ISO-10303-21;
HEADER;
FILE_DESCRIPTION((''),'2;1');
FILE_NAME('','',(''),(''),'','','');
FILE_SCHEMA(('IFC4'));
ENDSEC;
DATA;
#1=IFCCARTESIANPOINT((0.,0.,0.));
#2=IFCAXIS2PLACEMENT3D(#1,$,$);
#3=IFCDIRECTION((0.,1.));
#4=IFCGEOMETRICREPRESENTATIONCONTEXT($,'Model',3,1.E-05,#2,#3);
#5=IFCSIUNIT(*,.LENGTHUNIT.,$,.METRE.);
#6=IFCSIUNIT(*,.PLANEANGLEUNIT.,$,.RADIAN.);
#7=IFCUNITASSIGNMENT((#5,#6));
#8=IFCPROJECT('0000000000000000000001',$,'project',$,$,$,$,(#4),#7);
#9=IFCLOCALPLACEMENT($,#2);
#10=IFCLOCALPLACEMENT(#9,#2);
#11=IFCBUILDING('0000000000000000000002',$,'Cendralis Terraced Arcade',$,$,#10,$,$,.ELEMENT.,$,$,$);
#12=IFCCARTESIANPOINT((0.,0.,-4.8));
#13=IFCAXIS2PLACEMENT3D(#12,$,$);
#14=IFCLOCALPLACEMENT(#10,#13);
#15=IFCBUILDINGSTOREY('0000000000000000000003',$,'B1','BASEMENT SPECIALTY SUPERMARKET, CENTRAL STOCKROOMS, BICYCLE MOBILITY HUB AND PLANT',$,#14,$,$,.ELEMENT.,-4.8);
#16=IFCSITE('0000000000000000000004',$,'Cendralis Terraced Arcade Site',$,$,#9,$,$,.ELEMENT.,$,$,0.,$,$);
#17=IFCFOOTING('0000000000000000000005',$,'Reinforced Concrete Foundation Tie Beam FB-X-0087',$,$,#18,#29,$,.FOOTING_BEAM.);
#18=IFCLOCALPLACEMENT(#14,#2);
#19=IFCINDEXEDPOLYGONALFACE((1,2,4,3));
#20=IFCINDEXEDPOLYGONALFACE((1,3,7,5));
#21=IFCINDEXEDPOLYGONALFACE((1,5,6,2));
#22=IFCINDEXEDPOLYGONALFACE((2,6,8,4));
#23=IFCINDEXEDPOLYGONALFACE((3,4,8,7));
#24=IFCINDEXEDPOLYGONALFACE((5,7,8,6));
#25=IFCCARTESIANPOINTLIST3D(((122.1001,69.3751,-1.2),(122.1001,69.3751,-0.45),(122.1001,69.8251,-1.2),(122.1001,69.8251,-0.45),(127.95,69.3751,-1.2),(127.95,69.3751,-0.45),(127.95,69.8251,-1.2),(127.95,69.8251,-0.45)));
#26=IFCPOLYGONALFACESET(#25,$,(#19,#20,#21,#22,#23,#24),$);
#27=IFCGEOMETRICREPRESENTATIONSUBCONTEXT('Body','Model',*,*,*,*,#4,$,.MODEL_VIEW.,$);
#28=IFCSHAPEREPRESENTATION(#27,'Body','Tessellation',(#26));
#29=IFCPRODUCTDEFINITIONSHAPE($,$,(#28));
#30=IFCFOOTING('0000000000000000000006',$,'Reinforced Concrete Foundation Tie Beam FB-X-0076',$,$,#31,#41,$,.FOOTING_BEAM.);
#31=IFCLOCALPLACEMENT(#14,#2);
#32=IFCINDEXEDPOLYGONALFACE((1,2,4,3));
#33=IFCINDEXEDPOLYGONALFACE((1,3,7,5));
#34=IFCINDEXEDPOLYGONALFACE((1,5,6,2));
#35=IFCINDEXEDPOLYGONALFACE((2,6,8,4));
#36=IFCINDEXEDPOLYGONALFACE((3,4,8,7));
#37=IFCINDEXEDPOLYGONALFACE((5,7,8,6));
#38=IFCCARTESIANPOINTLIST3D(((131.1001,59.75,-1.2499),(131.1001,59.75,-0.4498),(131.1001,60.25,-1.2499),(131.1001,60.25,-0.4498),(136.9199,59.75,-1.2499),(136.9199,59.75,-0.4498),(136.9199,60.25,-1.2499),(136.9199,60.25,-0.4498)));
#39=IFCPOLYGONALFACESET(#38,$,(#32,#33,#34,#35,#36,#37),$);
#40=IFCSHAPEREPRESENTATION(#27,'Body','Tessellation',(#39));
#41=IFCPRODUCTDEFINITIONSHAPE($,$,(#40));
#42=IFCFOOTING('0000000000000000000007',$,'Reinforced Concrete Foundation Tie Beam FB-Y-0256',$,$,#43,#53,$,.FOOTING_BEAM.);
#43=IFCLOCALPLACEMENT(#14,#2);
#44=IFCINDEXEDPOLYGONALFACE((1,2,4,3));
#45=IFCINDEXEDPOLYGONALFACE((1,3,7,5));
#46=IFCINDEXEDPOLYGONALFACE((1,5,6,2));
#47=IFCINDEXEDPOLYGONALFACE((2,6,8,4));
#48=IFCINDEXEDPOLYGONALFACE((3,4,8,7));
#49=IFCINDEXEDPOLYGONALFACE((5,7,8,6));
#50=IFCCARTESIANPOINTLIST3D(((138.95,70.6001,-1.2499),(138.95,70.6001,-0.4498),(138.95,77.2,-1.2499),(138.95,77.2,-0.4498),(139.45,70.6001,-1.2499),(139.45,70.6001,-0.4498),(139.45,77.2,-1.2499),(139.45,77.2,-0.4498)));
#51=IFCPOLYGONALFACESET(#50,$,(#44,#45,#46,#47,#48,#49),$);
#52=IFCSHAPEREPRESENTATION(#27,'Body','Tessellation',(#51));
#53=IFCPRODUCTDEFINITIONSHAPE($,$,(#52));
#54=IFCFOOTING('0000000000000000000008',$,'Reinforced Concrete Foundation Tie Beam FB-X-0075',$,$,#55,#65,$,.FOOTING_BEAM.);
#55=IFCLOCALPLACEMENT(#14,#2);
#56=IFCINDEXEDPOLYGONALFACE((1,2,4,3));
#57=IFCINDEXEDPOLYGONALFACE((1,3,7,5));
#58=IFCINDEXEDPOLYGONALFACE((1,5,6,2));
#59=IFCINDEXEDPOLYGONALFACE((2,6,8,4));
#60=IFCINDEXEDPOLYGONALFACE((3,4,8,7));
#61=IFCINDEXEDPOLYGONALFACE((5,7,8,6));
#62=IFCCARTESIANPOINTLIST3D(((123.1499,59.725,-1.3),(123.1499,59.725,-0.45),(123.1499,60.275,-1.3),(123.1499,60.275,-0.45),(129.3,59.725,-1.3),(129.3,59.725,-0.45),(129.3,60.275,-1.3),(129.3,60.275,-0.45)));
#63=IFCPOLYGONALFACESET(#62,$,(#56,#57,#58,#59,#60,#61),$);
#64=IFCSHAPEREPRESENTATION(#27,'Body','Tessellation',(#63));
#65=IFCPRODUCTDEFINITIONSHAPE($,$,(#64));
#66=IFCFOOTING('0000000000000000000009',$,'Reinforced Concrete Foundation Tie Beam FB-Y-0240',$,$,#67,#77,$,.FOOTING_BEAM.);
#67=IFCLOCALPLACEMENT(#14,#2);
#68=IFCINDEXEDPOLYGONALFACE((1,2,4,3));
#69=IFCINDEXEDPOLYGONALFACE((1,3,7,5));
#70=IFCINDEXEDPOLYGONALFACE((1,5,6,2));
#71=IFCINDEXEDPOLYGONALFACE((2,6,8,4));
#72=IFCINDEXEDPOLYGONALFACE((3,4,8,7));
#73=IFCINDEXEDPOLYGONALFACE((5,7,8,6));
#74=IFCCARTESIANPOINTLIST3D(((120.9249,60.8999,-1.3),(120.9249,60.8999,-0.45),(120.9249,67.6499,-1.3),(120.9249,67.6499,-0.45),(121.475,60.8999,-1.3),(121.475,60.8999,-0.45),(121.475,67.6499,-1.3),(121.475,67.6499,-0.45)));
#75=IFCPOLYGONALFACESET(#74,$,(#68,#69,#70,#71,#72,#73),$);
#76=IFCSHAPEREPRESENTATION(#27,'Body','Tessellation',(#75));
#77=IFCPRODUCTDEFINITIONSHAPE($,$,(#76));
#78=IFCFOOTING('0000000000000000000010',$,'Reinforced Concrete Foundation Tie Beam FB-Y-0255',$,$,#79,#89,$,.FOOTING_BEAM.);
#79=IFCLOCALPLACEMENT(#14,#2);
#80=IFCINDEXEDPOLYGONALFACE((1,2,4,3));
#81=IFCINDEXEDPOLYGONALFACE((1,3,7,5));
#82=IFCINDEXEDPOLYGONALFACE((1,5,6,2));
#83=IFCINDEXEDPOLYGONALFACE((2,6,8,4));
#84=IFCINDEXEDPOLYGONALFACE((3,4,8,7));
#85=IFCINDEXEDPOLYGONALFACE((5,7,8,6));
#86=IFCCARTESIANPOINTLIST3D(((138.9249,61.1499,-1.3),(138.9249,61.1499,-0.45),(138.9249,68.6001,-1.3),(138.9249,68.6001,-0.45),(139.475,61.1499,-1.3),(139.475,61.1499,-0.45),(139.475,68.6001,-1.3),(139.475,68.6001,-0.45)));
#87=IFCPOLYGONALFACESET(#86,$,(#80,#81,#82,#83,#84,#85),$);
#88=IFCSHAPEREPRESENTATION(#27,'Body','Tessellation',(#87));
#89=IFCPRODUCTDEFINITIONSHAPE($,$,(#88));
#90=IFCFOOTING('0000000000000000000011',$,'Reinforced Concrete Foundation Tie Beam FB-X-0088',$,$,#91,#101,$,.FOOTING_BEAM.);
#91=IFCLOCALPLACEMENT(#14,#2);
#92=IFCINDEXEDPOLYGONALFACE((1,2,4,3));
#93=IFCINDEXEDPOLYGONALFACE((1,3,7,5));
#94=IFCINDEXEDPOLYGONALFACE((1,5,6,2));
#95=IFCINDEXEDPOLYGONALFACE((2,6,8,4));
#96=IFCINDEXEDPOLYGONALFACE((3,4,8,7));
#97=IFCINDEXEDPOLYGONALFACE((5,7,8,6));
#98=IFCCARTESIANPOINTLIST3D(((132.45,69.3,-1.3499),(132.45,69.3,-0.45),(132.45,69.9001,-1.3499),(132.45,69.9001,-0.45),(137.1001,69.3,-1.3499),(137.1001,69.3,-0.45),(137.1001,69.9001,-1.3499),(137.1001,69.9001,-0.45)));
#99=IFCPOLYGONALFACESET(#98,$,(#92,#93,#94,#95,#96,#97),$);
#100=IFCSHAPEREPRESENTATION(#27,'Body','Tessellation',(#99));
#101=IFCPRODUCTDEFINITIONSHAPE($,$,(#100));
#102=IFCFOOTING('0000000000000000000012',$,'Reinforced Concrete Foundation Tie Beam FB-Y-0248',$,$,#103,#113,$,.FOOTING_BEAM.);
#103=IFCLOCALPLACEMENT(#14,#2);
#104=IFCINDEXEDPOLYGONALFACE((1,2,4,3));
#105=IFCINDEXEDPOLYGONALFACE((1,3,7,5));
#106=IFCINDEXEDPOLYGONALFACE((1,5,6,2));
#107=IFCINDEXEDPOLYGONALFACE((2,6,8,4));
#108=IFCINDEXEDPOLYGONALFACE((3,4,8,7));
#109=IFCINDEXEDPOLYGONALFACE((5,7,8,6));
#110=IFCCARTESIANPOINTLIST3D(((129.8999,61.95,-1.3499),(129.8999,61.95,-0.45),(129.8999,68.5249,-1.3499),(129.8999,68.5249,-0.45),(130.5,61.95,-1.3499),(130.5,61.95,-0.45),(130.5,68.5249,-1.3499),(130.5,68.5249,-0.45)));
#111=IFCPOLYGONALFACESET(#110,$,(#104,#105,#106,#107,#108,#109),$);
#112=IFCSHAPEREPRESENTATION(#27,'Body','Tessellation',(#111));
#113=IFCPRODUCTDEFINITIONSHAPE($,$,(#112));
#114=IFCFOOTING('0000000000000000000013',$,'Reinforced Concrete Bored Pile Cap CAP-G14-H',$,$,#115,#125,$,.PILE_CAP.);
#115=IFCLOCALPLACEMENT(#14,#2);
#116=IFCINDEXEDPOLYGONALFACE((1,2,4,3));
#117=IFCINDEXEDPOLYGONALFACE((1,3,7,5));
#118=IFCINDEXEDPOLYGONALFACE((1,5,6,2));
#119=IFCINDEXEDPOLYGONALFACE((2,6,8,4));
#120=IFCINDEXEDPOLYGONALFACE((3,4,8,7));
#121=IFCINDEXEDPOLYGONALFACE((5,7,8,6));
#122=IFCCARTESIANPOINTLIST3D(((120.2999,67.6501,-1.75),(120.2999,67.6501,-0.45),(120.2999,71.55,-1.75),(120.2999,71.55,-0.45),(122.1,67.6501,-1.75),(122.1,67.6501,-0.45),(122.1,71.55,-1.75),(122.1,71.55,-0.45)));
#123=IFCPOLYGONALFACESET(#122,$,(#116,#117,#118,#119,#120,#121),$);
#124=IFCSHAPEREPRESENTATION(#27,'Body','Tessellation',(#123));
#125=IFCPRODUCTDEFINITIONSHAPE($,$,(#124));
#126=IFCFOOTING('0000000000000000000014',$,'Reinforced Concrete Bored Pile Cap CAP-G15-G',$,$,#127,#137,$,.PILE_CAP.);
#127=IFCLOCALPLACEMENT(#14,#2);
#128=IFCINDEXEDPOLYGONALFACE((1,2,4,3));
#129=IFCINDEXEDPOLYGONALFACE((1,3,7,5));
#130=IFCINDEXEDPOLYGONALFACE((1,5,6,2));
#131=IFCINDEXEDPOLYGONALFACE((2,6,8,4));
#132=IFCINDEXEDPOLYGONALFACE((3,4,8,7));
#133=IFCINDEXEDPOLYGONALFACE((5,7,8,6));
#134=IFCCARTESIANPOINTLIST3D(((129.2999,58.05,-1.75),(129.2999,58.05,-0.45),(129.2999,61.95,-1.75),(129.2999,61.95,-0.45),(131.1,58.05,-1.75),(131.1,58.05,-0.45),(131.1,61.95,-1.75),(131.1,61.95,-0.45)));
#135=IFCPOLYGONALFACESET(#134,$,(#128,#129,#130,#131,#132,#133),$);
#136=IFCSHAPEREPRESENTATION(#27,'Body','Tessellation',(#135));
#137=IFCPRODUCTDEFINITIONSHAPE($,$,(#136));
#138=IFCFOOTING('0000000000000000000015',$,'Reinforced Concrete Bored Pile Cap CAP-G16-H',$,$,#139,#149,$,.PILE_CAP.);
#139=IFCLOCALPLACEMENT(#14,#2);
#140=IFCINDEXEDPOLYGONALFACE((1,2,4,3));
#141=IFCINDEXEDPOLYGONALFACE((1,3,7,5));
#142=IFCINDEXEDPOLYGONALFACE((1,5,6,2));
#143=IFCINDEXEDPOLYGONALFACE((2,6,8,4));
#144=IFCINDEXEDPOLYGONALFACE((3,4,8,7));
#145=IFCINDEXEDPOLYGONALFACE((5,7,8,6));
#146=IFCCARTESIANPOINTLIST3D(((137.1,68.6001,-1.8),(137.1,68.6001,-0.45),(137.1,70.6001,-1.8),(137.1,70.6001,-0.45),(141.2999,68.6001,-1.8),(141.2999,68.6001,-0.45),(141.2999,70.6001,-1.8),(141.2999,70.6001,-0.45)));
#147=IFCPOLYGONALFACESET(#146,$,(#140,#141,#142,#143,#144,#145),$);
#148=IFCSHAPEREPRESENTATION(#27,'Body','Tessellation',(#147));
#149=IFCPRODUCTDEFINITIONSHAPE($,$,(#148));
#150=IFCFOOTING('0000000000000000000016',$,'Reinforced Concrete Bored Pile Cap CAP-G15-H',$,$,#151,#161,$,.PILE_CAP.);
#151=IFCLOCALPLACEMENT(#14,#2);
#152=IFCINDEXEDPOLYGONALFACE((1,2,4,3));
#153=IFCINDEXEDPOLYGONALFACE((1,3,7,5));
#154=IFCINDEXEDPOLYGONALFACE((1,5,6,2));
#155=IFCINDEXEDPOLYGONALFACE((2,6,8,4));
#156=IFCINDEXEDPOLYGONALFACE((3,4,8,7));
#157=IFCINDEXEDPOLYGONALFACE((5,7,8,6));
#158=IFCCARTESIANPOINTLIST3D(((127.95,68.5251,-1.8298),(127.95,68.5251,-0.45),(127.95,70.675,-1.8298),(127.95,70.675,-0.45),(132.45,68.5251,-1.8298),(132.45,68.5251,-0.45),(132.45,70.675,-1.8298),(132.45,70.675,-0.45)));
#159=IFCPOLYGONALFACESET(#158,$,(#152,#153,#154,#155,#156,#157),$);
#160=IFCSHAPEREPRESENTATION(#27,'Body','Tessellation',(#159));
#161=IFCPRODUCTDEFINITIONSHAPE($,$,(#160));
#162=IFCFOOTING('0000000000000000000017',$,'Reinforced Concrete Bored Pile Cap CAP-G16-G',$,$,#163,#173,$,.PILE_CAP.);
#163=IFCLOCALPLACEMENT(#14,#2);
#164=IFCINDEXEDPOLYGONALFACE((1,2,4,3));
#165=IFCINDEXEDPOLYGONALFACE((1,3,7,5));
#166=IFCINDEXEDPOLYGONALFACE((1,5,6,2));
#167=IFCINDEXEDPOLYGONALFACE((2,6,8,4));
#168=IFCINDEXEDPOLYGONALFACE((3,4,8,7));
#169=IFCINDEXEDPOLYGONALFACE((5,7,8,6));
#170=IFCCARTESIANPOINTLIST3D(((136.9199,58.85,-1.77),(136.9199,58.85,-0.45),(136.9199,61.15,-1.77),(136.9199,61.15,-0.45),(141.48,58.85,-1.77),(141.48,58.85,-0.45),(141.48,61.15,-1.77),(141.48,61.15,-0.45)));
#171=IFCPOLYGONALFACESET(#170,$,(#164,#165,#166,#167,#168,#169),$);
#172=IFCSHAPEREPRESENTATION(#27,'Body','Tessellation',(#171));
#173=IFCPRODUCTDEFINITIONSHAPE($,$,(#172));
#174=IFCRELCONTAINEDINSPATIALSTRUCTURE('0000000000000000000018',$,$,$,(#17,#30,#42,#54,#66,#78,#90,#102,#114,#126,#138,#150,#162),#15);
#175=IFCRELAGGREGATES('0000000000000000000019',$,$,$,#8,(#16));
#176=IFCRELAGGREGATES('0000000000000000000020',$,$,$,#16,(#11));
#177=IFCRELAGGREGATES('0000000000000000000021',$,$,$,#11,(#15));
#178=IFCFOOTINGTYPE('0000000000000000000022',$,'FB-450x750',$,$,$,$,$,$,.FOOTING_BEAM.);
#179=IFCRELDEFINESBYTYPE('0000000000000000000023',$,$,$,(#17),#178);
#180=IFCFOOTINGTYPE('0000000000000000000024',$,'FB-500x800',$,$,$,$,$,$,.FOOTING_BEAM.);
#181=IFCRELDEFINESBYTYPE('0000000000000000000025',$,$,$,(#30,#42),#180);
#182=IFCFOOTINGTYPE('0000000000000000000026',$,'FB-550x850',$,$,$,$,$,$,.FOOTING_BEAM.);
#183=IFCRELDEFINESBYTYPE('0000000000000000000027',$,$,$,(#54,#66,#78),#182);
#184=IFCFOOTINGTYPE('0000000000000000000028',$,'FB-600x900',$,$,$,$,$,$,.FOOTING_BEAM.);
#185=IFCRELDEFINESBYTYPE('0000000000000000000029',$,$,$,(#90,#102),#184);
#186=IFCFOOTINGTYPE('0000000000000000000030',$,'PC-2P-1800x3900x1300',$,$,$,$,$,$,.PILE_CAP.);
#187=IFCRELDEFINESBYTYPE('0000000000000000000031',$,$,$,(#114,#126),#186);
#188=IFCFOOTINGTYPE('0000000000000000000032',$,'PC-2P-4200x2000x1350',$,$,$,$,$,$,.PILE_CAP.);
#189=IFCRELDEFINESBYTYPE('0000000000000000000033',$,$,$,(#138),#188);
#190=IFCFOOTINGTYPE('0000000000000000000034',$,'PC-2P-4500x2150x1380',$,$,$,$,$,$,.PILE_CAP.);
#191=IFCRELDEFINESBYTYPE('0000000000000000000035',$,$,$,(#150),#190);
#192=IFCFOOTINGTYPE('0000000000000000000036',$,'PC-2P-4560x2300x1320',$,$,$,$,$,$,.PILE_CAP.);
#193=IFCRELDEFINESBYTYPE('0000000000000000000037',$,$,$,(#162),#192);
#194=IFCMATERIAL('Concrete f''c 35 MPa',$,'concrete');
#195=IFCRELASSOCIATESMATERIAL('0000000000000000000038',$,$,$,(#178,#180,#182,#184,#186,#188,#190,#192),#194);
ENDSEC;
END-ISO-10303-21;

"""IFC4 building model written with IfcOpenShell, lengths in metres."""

from ifc_helpers import new_model, si_unit, direction, frame, origin, origin_2d, place, context, subcontext, project, spatial, rectangle, extrude, material, material_profile, profile_set, type_object, element, save


model = new_model("IFC4")

# Units and contexts
model_context = context("Model", 3, precision=1e-05, world=origin(), true_north=direction((0.0, 1.0)))
body_context = subcontext(model_context, "Body", "Model", "MODEL_VIEW")
ifc_project = project(units=[si_unit("LENGTHUNIT", "METRE"), si_unit("PLANEANGLEUNIT", "RADIAN")], contexts=[model_context])

# Site, building, storey
site_placement = place(None, origin())
site = spatial("IfcSite", under=ifc_project, at=site_placement, Name="Cendralis Terraced Arcade Site", CompositionType="ELEMENT", RefElevation=0.0)
building_placement = place(site_placement, origin())
building = spatial("IfcBuilding", under=site, at=building_placement, Name="Cendralis Terraced Arcade", CompositionType="ELEMENT")
storey_placement = place(building_placement, frame((0.0, 0.0, -4.8)))
storey = spatial("IfcBuildingStorey", under=building, at=storey_placement, Name="B1", Description="BASEMENT SPECIALTY SUPERMARKET, CENTRAL STOCKROOMS, BICYCLE MOBILITY HUB AND PLANT", CompositionType="ELEMENT", Elevation=-4.8)

# Footings
ifc_material_1 = material(Name="Concrete f'c 35 MPa", Category="concrete")
ifc_material_profile_1 = material_profile(ifc_material_1, rectangle(XDim=0.45, YDim=0.75, at=origin_2d()), Name="FB-450x750", Category="LoadBearing")
ifc_profile_set_1 = profile_set([ifc_material_profile_1], Name="Concrete f'c 35 MPa")
footing_type_1 = type_object("IfcFootingType", Name="FB-450x750", PredefinedType="FOOTING_BEAM", material=ifc_profile_set_1)
footing_1_placement = place(storey_placement, frame((122.1001, 69.6001, -0.825), z_axis=(1.0, 0.0, 0.0), x_axis=(0.0, 1.0, 0.0)))
element("IfcFooting", 1, at=footing_1_placement, inside=storey, type_object=footing_type_1, Name="Reinforced Concrete Foundation Tie Beam FB-X-0087", PredefinedType="FOOTING_BEAM", context=body_context, shape_type="SweptSolid", body=[
    extrude(rectangle(XDim=0.45, YDim=0.75, at=origin_2d()), origin(), (0.0, 0.0, 1.0), 5.8499),
])
ifc_material_profile_2 = material_profile(ifc_material_1, rectangle(XDim=0.5, YDim=0.8, at=origin_2d()), Name="FB-500x800", Category="LoadBearing")
ifc_profile_set_2 = profile_set([ifc_material_profile_2], Name="Concrete f'c 35 MPa")
footing_type_2 = type_object("IfcFootingType", Name="FB-500x800", PredefinedType="FOOTING_BEAM", material=ifc_profile_set_2)
footing_2_placement = place(storey_placement, frame((131.1001, 60.0, -0.8499), z_axis=(1.0, 0.0, 0.0), x_axis=(0.0, 1.0, 0.0)))
element("IfcFooting", 2, at=footing_2_placement, inside=storey, type_object=footing_type_2, Name="Reinforced Concrete Foundation Tie Beam FB-X-0076", PredefinedType="FOOTING_BEAM", context=body_context, shape_type="SweptSolid", body=[
    extrude(rectangle(XDim=0.5, YDim=0.8, at=origin_2d()), origin(), (0.0, 0.0, 1.0), 5.8198),
])
footing_3_placement = place(storey_placement, frame((139.2, 70.6001, -0.8499), z_axis=(0.0, 1.0, 0.0), x_axis=(-1.0, 0.0, 0.0)))
element("IfcFooting", 3, at=footing_3_placement, inside=storey, type_object=footing_type_2, Name="Reinforced Concrete Foundation Tie Beam FB-Y-0256", PredefinedType="FOOTING_BEAM", context=body_context, shape_type="SweptSolid", body=[
    extrude(rectangle(XDim=0.5, YDim=0.8, at=origin_2d()), origin(), (0.0, 0.0, 1.0), 6.5999),
])
ifc_material_profile_3 = material_profile(ifc_material_1, rectangle(XDim=0.55, YDim=0.8501, at=origin_2d()), Name="FB-550x850", Category="LoadBearing")
ifc_profile_set_3 = profile_set([ifc_material_profile_3], Name="Concrete f'c 35 MPa")
footing_type_3 = type_object("IfcFootingType", Name="FB-550x850", PredefinedType="FOOTING_BEAM", material=ifc_profile_set_3)
footing_4_placement = place(storey_placement, frame((123.1499, 60.0, -0.875), z_axis=(1.0, 0.0, 0.0), x_axis=(0.0, 1.0, 0.0)))
element("IfcFooting", 4, at=footing_4_placement, inside=storey, type_object=footing_type_3, Name="Reinforced Concrete Foundation Tie Beam FB-X-0075", PredefinedType="FOOTING_BEAM", context=body_context, shape_type="SweptSolid", body=[
    extrude(rectangle(XDim=0.55, YDim=0.8501, at=origin_2d()), origin(), (0.0, 0.0, 1.0), 6.1501),
])
footing_5_placement = place(storey_placement, frame((121.2, 60.8999, -0.875), z_axis=(0.0, 1.0, 0.0), x_axis=(-1.0, 0.0, 0.0)))
element("IfcFooting", 5, at=footing_5_placement, inside=storey, type_object=footing_type_3, Name="Reinforced Concrete Foundation Tie Beam FB-Y-0240", PredefinedType="FOOTING_BEAM", context=body_context, shape_type="SweptSolid", body=[
    extrude(rectangle(XDim=0.55, YDim=0.8501, at=origin_2d()), origin(), (0.0, 0.0, 1.0), 6.75),
])
footing_6_placement = place(storey_placement, frame((139.2, 61.1499, -0.875), z_axis=(0.0, 1.0, 0.0), x_axis=(-1.0, 0.0, 0.0)))
element("IfcFooting", 6, at=footing_6_placement, inside=storey, type_object=footing_type_3, Name="Reinforced Concrete Foundation Tie Beam FB-Y-0255", PredefinedType="FOOTING_BEAM", context=body_context, shape_type="SweptSolid", body=[
    extrude(rectangle(XDim=0.55, YDim=0.8501, at=origin_2d()), origin(), (0.0, 0.0, 1.0), 7.4502),
])
ifc_material_profile_4 = material_profile(ifc_material_1, rectangle(XDim=0.6001, YDim=0.8999, at=origin_2d()), Name="FB-600x900", Category="LoadBearing")
ifc_profile_set_4 = profile_set([ifc_material_profile_4], Name="Concrete f'c 35 MPa")
footing_type_4 = type_object("IfcFootingType", Name="FB-600x900", PredefinedType="FOOTING_BEAM", material=ifc_profile_set_4)
footing_7_placement = place(storey_placement, frame((132.45, 69.6001, -0.8999), z_axis=(1.0, 0.0, 0.0), x_axis=(0.0, 1.0, 0.0)))
element("IfcFooting", 7, at=footing_7_placement, inside=storey, type_object=footing_type_4, Name="Reinforced Concrete Foundation Tie Beam FB-X-0088", PredefinedType="FOOTING_BEAM", context=body_context, shape_type="SweptSolid", body=[
    extrude(rectangle(XDim=0.6001, YDim=0.8999, at=origin_2d()), origin(), (0.0, 0.0, 1.0), 4.6501),
])
footing_8_placement = place(storey_placement, frame((130.2, 61.95, -0.8999), z_axis=(0.0, 1.0, 0.0), x_axis=(-1.0, 0.0, 0.0)))
element("IfcFooting", 8, at=footing_8_placement, inside=storey, type_object=footing_type_4, Name="Reinforced Concrete Foundation Tie Beam FB-Y-0248", PredefinedType="FOOTING_BEAM", context=body_context, shape_type="SweptSolid", body=[
    extrude(rectangle(XDim=0.6001, YDim=0.8999, at=origin_2d()), origin(), (0.0, 0.0, 1.0), 6.575),
])
footing_type_5 = type_object("IfcFootingType", Name="PC-2P-1800x3900x1300", PredefinedType="PILE_CAP", material=ifc_material_1)
for number, where, z_axis, x_axis, name in (
    (9, (121.2, 69.6001, -1.75), (0.0, 0.0, 1.0), (1.0, 0.0, 0.0), "Reinforced Concrete Bored Pile Cap CAP-G14-H"),
    (10, (130.2, 60.0, -1.75), (0.0, 0.0, 1.0), (1.0, 0.0, 0.0), "Reinforced Concrete Bored Pile Cap CAP-G15-G"),
):
    element("IfcFooting", number, at=place(storey_placement, frame(where, z_axis=z_axis, x_axis=x_axis)), inside=storey, type_object=footing_type_5, Name=name, PredefinedType="PILE_CAP", context=body_context, shape_type="SweptSolid", body=[
        extrude(rectangle(XDim=1.8, YDim=3.8999, at=origin_2d()), origin(), (0.0, 0.0, 1.0), 1.3),
    ])
footing_type_6 = type_object("IfcFootingType", Name="PC-2P-4200x2000x1350", PredefinedType="PILE_CAP", material=ifc_material_1)
footing_9_placement = place(storey_placement, frame((139.2, 69.6001, -1.8), z_axis=(0.0, 0.0, 1.0), x_axis=(1.0, 0.0, 0.0)))
element("IfcFooting", 11, at=footing_9_placement, inside=storey, type_object=footing_type_6, Name="Reinforced Concrete Bored Pile Cap CAP-G16-H", PredefinedType="PILE_CAP", context=body_context, shape_type="SweptSolid", body=[
    extrude(rectangle(XDim=4.2, YDim=2.0, at=origin_2d()), origin(), (0.0, 0.0, 1.0), 1.3501),
])
footing_type_7 = type_object("IfcFootingType", Name="PC-2P-4500x2150x1380", PredefinedType="PILE_CAP", material=ifc_material_1)
footing_10_placement = place(storey_placement, frame((130.2, 69.6001, -1.8298), z_axis=(0.0, 0.0, 1.0), x_axis=(1.0, 0.0, 0.0)))
element("IfcFooting", 12, at=footing_10_placement, inside=storey, type_object=footing_type_7, Name="Reinforced Concrete Bored Pile Cap CAP-G15-H", PredefinedType="PILE_CAP", context=body_context, shape_type="SweptSolid", body=[
    extrude(rectangle(XDim=4.5, YDim=2.1499, at=origin_2d()), origin(), (0.0, 0.0, 1.0), 1.3799),
])
footing_type_8 = type_object("IfcFootingType", Name="PC-2P-4560x2300x1320", PredefinedType="PILE_CAP", material=ifc_material_1)
footing_11_placement = place(storey_placement, frame((139.2, 60.0, -1.77), z_axis=(0.0, 0.0, 1.0), x_axis=(1.0, 0.0, 0.0)))
element("IfcFooting", 13, at=footing_11_placement, inside=storey, type_object=footing_type_8, Name="Reinforced Concrete Bored Pile Cap CAP-G16-G", PredefinedType="PILE_CAP", context=body_context, shape_type="SweptSolid", body=[
    extrude(rectangle(XDim=4.5601, YDim=2.3, at=origin_2d()), origin(), (0.0, 0.0, 1.0), 1.3201),
])

save(model, "model.ifc")
